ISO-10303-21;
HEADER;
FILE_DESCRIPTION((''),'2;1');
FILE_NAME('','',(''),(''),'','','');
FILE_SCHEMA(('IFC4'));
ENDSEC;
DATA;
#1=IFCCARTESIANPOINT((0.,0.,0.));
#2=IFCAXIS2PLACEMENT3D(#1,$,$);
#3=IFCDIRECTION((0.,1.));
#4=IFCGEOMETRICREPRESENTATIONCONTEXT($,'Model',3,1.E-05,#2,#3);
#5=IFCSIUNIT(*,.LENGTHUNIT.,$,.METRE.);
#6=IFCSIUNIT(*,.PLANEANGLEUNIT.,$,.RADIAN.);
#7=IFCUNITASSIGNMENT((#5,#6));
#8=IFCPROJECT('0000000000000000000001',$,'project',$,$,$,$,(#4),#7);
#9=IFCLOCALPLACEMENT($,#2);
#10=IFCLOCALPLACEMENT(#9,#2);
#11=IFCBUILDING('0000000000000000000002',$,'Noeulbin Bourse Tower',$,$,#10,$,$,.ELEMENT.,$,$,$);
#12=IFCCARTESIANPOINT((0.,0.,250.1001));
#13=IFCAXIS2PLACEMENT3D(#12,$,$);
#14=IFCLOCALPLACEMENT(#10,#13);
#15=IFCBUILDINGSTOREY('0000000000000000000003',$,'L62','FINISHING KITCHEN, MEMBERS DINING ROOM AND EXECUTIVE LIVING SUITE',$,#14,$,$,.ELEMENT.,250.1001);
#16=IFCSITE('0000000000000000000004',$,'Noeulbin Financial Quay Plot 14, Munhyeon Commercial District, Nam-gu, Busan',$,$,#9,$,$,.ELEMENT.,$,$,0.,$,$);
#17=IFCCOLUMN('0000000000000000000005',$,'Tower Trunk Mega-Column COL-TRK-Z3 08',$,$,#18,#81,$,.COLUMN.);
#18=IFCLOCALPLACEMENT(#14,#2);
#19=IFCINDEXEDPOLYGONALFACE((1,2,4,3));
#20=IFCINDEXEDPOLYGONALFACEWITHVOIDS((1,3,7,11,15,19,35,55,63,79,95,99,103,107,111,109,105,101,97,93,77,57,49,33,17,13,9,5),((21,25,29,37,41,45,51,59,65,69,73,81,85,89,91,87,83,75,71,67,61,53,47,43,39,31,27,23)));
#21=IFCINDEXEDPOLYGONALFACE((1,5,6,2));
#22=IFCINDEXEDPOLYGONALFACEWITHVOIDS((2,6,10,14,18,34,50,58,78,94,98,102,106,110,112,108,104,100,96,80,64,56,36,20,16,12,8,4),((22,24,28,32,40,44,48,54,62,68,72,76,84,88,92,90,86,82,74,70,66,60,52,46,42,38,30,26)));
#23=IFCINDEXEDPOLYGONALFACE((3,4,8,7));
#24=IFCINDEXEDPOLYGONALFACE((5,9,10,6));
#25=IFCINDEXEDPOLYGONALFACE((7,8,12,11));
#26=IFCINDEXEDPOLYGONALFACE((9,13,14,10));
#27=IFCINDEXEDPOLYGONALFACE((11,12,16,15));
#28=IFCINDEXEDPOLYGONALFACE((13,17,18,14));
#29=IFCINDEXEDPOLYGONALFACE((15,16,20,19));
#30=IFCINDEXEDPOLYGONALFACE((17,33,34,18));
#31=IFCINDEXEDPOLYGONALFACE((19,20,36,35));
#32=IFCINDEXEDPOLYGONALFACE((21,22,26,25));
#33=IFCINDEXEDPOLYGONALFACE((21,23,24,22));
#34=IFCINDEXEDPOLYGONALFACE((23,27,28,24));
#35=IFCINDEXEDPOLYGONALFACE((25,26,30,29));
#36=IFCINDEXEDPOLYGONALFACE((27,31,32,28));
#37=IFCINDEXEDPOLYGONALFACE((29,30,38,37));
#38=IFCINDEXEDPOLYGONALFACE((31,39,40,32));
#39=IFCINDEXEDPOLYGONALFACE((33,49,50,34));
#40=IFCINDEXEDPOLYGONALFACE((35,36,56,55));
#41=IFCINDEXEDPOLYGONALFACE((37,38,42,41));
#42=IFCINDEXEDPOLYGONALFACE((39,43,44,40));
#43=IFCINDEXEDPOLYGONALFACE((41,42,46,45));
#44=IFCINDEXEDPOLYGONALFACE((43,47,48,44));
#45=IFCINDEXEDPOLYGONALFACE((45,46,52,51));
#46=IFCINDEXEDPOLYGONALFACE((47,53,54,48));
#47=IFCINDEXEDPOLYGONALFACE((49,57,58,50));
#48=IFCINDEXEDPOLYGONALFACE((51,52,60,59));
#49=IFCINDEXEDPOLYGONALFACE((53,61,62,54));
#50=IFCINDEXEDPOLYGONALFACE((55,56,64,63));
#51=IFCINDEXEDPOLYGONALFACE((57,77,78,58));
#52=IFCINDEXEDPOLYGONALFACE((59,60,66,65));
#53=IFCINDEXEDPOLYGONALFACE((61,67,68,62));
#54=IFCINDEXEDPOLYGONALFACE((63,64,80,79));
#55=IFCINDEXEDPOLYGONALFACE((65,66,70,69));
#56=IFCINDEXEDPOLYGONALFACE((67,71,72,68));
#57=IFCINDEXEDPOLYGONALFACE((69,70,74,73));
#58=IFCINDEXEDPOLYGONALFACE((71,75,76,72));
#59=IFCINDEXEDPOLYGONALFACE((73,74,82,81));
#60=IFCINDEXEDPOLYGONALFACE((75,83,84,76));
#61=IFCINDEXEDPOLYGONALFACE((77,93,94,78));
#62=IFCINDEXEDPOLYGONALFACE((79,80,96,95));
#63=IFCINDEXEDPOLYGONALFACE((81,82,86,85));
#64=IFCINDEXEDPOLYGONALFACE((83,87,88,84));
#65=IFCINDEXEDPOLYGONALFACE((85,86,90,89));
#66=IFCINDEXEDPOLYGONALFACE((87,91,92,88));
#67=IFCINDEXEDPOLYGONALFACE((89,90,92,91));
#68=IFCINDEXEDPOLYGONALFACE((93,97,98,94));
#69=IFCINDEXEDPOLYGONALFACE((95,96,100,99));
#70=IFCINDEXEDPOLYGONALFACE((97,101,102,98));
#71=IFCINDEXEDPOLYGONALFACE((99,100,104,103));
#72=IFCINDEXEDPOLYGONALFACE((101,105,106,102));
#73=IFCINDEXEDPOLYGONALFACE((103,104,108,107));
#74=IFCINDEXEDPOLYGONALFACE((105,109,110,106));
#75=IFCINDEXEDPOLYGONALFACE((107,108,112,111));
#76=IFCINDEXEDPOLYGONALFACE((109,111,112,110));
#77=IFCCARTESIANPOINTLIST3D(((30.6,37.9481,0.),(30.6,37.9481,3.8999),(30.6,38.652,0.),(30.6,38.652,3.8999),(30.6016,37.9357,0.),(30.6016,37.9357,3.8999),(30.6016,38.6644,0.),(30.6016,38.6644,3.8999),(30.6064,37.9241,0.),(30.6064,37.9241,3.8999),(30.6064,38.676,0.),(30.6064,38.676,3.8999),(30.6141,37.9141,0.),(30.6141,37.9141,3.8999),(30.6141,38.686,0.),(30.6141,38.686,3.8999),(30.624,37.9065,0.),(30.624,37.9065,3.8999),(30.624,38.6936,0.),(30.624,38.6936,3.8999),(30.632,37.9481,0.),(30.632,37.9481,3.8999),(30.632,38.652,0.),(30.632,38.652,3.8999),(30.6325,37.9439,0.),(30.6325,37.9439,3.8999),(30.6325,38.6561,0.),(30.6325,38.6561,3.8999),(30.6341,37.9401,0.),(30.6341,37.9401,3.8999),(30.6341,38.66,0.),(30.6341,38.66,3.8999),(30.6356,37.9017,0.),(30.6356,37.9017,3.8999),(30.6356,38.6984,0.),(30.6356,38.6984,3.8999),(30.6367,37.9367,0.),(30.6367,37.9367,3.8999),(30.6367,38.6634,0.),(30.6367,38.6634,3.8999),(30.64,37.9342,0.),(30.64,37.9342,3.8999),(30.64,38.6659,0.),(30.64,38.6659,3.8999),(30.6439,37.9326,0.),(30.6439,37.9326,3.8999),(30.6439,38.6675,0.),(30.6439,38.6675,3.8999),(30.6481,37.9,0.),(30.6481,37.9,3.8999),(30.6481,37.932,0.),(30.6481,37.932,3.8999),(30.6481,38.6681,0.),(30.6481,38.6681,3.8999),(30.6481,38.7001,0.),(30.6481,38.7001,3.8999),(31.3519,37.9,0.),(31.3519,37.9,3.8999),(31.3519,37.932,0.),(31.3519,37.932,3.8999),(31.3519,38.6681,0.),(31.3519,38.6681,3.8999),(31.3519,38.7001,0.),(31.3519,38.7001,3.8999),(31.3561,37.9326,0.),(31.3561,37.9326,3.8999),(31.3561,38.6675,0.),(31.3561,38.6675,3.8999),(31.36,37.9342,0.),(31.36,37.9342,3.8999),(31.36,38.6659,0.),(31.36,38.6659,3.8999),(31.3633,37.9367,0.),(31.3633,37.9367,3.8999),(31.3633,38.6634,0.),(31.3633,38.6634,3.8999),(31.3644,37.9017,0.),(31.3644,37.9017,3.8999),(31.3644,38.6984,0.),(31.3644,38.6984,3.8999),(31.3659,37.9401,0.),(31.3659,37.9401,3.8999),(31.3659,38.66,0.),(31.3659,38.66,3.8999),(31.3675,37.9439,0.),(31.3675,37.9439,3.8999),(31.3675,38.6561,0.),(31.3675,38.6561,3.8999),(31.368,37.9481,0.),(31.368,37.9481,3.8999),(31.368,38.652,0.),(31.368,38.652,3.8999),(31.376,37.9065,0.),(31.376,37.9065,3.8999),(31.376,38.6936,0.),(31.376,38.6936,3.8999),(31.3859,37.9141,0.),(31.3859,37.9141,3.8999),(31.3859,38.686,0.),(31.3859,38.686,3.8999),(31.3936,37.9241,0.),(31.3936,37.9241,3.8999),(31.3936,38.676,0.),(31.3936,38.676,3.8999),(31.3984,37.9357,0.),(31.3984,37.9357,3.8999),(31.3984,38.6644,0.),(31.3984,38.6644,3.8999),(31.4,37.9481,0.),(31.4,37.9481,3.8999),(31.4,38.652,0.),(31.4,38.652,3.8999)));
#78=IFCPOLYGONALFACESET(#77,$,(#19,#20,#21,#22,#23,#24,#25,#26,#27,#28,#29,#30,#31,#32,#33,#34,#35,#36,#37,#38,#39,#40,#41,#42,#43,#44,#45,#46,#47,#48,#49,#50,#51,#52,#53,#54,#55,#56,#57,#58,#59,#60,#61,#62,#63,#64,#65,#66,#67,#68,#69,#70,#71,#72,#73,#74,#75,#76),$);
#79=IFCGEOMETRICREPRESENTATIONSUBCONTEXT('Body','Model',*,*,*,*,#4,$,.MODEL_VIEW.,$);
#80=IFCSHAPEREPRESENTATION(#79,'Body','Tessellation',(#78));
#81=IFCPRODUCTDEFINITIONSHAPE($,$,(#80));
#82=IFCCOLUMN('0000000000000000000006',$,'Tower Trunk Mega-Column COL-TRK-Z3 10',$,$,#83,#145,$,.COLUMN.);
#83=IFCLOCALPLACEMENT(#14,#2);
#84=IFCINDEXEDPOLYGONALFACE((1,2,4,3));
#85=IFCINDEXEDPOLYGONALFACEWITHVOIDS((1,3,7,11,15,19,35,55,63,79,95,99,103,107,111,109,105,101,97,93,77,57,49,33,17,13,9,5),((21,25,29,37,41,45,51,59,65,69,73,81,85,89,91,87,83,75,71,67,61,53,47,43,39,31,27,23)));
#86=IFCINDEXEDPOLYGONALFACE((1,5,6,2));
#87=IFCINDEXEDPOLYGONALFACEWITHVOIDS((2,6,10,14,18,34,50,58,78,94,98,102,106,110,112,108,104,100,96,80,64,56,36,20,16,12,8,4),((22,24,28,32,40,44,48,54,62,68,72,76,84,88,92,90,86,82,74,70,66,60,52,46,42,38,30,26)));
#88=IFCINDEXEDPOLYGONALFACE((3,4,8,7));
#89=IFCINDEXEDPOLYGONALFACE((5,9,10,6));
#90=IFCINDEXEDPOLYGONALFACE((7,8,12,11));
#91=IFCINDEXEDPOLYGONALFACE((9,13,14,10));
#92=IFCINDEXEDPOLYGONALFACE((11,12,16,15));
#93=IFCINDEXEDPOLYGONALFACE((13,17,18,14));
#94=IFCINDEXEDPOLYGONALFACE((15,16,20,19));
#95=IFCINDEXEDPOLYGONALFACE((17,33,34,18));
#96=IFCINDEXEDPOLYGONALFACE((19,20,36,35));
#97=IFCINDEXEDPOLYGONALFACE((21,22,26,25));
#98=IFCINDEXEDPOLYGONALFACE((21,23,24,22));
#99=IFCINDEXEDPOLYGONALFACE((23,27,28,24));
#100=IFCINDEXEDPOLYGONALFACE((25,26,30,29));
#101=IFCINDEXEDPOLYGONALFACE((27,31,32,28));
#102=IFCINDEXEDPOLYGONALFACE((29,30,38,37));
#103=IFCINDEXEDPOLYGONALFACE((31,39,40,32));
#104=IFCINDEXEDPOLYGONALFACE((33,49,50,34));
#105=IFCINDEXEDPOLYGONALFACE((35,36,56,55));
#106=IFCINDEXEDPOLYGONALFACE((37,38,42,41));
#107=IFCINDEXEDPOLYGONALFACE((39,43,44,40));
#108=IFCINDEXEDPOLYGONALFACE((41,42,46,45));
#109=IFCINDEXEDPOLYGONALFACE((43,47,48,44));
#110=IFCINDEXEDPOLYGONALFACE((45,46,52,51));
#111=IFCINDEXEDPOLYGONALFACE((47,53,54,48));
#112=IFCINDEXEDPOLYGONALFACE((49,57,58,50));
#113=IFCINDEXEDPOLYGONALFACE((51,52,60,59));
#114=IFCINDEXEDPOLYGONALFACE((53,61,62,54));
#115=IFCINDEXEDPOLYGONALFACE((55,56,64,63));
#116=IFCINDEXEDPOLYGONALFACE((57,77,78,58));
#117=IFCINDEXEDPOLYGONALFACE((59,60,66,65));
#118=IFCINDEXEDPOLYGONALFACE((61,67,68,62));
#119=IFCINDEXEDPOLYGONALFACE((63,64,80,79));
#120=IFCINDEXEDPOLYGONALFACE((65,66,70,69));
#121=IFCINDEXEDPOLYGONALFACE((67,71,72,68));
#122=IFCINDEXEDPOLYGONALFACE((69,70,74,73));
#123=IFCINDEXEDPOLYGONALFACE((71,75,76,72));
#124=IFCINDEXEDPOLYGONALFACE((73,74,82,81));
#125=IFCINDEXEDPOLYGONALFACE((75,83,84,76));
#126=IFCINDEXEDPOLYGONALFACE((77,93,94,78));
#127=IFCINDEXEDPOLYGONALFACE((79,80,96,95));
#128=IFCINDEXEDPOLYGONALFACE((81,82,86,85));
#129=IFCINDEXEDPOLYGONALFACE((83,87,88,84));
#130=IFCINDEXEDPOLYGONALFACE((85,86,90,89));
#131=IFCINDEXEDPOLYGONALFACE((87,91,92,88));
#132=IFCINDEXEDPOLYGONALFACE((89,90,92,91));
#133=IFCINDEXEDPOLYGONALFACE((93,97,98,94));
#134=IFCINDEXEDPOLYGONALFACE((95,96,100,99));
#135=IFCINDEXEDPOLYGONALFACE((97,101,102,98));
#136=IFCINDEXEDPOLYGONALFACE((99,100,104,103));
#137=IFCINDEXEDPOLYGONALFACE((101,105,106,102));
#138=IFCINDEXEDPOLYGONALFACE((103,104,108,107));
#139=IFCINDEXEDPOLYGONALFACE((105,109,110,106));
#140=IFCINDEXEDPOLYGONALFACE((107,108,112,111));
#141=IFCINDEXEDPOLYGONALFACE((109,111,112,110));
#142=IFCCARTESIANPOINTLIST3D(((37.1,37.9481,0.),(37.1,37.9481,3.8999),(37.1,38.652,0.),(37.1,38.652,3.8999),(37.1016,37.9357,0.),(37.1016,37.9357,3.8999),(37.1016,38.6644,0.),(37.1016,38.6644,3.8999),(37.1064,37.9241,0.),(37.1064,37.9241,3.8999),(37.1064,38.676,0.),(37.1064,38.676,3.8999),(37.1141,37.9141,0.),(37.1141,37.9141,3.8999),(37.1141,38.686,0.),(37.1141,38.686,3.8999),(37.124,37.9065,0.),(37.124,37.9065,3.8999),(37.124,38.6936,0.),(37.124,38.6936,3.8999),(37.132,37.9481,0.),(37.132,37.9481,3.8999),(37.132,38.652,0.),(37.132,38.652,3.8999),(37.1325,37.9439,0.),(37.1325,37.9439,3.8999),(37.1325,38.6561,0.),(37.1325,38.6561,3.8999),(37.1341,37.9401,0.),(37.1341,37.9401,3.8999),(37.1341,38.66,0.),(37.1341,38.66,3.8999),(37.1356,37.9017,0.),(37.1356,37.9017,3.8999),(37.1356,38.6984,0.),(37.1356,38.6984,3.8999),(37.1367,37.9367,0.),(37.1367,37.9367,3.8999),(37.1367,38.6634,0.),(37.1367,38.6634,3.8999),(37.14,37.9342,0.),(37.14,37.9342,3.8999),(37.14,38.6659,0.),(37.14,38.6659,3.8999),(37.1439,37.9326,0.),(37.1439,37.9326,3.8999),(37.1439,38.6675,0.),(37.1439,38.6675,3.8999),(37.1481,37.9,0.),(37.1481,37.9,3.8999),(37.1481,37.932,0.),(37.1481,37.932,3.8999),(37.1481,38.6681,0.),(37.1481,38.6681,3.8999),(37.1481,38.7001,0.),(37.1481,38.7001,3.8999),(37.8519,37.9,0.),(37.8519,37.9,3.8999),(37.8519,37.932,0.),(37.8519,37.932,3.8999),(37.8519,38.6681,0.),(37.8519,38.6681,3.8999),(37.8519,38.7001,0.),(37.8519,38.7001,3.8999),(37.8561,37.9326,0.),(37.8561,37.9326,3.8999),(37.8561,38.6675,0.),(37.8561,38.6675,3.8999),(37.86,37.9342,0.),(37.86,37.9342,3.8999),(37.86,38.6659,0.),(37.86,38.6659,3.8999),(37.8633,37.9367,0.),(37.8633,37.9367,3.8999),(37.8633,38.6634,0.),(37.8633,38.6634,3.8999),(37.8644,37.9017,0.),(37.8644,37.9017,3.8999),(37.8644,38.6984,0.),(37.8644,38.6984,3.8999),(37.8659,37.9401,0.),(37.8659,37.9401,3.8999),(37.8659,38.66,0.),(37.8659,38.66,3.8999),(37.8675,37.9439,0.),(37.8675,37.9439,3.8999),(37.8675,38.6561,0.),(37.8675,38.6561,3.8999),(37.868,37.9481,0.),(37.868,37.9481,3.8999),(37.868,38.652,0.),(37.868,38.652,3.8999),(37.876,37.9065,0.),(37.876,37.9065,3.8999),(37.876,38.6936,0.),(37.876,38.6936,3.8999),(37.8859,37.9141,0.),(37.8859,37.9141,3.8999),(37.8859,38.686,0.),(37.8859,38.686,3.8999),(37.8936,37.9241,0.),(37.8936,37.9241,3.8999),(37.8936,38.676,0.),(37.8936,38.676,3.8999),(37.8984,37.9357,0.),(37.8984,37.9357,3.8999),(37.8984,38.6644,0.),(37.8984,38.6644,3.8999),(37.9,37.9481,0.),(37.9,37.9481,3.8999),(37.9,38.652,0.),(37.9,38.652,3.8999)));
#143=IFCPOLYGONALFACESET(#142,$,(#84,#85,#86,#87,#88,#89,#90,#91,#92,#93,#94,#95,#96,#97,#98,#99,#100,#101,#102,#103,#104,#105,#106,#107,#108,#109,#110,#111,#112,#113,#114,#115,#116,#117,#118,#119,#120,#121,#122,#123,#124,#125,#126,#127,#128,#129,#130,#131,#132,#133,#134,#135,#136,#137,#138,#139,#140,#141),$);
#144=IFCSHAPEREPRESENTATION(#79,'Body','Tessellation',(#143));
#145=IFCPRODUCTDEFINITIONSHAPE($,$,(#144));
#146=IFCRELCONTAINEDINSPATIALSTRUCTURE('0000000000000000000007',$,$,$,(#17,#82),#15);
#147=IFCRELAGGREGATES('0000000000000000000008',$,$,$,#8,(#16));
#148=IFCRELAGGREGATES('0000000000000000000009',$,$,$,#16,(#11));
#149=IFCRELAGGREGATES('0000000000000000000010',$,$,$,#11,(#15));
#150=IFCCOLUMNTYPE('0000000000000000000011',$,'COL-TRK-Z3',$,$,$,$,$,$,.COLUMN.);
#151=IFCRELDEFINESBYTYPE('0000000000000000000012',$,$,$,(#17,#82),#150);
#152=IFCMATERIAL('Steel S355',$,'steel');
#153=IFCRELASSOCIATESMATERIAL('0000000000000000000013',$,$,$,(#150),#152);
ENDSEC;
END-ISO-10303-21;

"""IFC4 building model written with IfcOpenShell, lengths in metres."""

from ifc_helpers import new_model, si_unit, direction, frame, origin, origin_2d, place, context, subcontext, project, spatial, hollow_rectangle, extrude, material, material_profile, profile_set, type_object, element, save


model = new_model("IFC4")

# Units and contexts
model_context = context("Model", 3, precision=1e-05, world=origin(), true_north=direction((0.0, 1.0)))
body_context = subcontext(model_context, "Body", "Model", "MODEL_VIEW")
ifc_project = project(units=[si_unit("LENGTHUNIT", "METRE"), si_unit("PLANEANGLEUNIT", "RADIAN")], contexts=[model_context])

# Site, building, storey
site_placement = place(None, origin())
site = spatial("IfcSite", under=ifc_project, at=site_placement, Name="Noeulbin Financial Quay Plot 14, Munhyeon Commercial District, Nam-gu, Busan", CompositionType="ELEMENT", RefElevation=0.0)
building_placement = place(site_placement, origin())
building = spatial("IfcBuilding", under=site, at=building_placement, Name="Noeulbin Bourse Tower", CompositionType="ELEMENT")
storey_placement = place(building_placement, frame((0.0, 0.0, 250.1001)))
storey = spatial("IfcBuildingStorey", under=building, at=storey_placement, Name="L62", Description="FINISHING KITCHEN, MEMBERS DINING ROOM AND EXECUTIVE LIVING SUITE", CompositionType="ELEMENT", Elevation=250.1001)

# Columns
ifc_material_1 = material(Name="Steel S355", Category="steel")
ifc_material_profile_1 = material_profile(ifc_material_1, hollow_rectangle(XDim=0.8, YDim=0.8, WallThickness=0.032, InnerFilletRadius=0.0161, OuterFilletRadius=0.0481, at=origin_2d()), Name="BOX-800x800x32", Category="LoadBearing")
ifc_profile_set_1 = profile_set([ifc_material_profile_1], Name="Steel S355")
column_type = type_object("IfcColumnType", Name="COL-TRK-Z3", PredefinedType="COLUMN", material=ifc_profile_set_1)
for number, where, z_axis, x_axis, name in (
    (1, (31.0, 38.3, 0.0), (0.0, 0.0, 1.0), (1.0, 0.0, 0.0), "Tower Trunk Mega-Column COL-TRK-Z3 08"),
    (2, (37.5, 38.3, 0.0), (0.0, 0.0, 1.0), (1.0, 0.0, 0.0), "Tower Trunk Mega-Column COL-TRK-Z3 10"),
):
    element("IfcColumn", number, at=place(storey_placement, frame(where, z_axis=z_axis, x_axis=x_axis)), inside=storey, type_object=column_type, Name=name, PredefinedType="COLUMN", context=body_context, shape_type="SweptSolid", body=[
        extrude(hollow_rectangle(XDim=0.8, YDim=0.8, WallThickness=0.032, InnerFilletRadius=0.0161, OuterFilletRadius=0.0481, at=origin_2d()), origin(), (0.0, 0.0, 1.0), 3.8999),
    ])

save(model, "model.ifc")
